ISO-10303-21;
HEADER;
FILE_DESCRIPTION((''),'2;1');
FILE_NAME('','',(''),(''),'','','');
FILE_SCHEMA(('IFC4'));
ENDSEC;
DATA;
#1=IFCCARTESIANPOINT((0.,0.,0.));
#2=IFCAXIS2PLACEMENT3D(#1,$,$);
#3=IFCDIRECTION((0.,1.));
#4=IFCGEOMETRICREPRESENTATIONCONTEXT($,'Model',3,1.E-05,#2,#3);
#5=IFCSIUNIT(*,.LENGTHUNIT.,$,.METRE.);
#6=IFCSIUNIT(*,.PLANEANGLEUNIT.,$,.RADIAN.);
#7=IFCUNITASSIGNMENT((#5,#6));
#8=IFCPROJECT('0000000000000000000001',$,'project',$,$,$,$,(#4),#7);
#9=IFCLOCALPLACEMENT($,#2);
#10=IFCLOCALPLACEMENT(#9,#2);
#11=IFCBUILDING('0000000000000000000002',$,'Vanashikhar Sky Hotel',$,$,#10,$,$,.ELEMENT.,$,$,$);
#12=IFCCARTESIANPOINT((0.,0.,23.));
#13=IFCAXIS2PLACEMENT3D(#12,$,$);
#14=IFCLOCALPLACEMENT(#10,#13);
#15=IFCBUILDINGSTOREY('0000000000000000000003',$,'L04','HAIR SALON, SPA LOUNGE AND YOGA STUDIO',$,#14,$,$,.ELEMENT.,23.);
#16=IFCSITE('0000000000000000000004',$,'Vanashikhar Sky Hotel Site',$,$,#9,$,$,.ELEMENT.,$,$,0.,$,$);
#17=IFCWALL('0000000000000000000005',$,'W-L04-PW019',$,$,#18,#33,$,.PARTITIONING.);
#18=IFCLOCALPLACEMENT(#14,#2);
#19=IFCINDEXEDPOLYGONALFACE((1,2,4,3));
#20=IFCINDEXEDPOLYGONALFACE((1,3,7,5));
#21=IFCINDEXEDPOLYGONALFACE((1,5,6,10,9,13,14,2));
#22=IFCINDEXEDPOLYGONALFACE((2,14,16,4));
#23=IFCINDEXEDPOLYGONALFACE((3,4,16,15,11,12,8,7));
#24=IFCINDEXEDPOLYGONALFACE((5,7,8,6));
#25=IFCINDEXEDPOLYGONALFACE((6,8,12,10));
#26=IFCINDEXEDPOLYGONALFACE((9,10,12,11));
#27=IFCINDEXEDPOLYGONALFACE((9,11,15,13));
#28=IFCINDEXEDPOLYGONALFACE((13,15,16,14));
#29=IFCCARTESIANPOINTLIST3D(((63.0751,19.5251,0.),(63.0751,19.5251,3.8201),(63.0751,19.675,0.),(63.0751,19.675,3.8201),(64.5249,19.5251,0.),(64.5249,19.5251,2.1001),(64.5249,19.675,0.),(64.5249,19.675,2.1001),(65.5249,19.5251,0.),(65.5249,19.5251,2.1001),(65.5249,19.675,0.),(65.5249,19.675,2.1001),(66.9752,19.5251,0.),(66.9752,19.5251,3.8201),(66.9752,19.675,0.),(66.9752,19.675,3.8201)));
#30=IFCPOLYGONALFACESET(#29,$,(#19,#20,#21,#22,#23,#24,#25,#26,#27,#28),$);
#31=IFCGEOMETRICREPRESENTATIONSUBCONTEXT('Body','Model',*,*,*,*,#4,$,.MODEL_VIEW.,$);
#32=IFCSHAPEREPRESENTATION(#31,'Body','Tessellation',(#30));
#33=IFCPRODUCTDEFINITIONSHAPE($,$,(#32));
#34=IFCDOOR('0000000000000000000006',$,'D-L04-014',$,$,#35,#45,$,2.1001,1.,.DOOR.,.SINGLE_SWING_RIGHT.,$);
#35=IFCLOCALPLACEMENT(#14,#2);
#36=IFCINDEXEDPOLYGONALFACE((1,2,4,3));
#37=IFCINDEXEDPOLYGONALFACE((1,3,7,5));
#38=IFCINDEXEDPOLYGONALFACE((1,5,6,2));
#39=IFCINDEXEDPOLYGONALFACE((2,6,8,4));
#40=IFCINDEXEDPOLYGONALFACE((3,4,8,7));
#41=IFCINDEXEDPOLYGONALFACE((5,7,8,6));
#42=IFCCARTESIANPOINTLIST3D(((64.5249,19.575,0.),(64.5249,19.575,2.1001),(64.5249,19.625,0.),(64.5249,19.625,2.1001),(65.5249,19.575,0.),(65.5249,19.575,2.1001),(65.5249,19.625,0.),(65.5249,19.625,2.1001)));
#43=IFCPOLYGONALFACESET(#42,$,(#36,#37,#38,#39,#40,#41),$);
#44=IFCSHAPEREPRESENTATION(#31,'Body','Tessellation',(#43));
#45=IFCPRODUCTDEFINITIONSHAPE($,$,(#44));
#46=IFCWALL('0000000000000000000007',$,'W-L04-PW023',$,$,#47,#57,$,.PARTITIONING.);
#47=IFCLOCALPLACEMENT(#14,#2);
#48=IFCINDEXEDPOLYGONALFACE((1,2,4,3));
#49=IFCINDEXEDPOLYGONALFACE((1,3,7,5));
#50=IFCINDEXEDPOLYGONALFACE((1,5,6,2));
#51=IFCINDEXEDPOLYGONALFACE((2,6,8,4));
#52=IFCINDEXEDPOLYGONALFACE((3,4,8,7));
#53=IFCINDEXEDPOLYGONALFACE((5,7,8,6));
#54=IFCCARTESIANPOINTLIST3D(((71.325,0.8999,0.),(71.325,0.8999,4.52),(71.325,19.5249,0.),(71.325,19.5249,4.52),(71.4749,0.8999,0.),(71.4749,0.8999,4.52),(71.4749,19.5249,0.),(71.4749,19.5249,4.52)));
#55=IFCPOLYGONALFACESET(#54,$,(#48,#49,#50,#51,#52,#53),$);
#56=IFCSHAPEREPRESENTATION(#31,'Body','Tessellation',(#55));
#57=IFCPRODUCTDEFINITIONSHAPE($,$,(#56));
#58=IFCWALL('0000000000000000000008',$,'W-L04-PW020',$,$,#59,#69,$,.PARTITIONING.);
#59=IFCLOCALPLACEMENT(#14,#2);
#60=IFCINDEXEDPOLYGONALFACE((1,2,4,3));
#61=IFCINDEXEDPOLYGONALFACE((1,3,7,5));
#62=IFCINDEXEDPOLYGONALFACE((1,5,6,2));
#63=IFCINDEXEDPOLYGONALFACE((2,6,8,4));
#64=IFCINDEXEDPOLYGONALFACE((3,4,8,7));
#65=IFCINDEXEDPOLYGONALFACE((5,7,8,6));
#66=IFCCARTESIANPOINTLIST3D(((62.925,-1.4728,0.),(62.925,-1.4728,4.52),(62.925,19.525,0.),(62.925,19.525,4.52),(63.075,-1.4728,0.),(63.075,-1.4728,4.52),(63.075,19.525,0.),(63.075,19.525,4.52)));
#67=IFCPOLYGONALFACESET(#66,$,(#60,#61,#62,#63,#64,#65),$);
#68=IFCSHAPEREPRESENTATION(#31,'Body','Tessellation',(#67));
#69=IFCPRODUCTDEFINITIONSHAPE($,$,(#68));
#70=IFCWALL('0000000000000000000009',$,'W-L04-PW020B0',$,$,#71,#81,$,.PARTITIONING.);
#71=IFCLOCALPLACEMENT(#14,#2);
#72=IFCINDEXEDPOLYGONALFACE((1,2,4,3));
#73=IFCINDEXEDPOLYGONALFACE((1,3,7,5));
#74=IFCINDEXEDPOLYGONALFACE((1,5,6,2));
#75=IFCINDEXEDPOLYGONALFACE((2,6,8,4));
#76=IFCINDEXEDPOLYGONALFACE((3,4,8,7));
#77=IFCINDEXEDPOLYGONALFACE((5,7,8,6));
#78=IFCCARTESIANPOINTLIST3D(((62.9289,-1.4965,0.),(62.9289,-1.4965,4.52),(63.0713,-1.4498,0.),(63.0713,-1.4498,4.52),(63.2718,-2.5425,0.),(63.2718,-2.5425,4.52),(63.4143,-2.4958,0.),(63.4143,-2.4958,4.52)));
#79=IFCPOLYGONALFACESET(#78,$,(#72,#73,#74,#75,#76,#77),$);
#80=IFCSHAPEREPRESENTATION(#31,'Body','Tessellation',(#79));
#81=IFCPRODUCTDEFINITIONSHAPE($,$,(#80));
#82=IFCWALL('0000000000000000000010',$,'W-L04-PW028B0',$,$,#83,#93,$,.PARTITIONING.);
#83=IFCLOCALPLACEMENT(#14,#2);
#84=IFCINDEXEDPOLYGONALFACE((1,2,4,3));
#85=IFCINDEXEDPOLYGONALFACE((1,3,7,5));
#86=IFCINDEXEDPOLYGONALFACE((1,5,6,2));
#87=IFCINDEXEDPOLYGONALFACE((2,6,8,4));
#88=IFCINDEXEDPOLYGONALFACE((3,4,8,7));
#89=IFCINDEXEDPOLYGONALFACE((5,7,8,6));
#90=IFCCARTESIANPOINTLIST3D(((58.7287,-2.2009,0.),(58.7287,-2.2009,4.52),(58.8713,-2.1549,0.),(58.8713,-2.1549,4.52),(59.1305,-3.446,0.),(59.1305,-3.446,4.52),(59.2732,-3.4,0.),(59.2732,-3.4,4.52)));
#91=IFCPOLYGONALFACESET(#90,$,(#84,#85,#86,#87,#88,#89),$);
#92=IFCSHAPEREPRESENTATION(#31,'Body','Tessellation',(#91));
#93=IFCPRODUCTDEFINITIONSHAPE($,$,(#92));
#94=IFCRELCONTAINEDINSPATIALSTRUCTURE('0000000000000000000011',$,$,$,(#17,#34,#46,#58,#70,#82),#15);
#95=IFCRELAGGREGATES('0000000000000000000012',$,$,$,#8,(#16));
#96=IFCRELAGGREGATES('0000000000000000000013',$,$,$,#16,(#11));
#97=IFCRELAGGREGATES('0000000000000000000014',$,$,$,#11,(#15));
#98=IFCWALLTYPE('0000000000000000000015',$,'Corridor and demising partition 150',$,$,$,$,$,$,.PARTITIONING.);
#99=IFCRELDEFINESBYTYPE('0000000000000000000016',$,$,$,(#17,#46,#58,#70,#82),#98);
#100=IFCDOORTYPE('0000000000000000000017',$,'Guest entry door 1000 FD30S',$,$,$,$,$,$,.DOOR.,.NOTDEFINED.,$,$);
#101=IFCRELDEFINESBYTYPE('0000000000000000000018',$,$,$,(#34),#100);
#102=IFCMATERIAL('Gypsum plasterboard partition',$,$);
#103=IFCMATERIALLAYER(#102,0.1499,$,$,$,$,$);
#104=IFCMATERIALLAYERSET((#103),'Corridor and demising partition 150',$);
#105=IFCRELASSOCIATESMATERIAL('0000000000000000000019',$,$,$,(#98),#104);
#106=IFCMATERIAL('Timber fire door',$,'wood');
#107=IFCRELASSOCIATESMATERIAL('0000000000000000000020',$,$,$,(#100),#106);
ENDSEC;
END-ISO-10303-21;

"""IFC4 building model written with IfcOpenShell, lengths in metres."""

from ifc_helpers import new_model, si_unit, direction, frame, frame_2d, origin, place, context, subcontext, project, spatial, rectangle, extrude, source, transform, mapped, material, layer, layer_set, type_object, element, fill, save


model = new_model("IFC4")

# Units and contexts
model_context = context("Model", 3, precision=1e-05, world=origin(), true_north=direction((0.0, 1.0)))
body_context = subcontext(model_context, "Body", "Model", "MODEL_VIEW")
ifc_project = project(units=[si_unit("LENGTHUNIT", "METRE"), si_unit("PLANEANGLEUNIT", "RADIAN")], contexts=[model_context])

# Site, building, storey
site_placement = place(None, origin())
site = spatial("IfcSite", under=ifc_project, at=site_placement, Name="Vanashikhar Sky Hotel Site", CompositionType="ELEMENT", RefElevation=0.0)
building_placement = place(site_placement, origin())
building = spatial("IfcBuilding", under=site, at=building_placement, Name="Vanashikhar Sky Hotel", CompositionType="ELEMENT")
storey_placement = place(building_placement, frame((0.0, 0.0, 23.0)))
storey = spatial("IfcBuildingStorey", under=building, at=storey_placement, Name="L04", Description="HAIR SALON, SPA LOUNGE AND YOGA STUDIO", CompositionType="ELEMENT", Elevation=23.0)

# Wall, opening, door
ifc_material_1 = material(Name="Gypsum plasterboard partition")
ifc_layer_1 = layer(ifc_material_1, 0.1499)
ifc_layer_set_1 = layer_set([ifc_layer_1], Name="Corridor and demising partition 150")
wall_type_1 = type_object("IfcWallType", Name="Corridor and demising partition 150", PredefinedType="PARTITIONING", material=ifc_layer_set_1)
shared_shape_1 = source(origin(), body_context, "Body", "SweptSolid", [
    extrude(rectangle(XDim=3.9001, YDim=0.1499, at=frame_2d((1.9502, 0.0))), origin(), (0.0, 0.0, 1.0), 3.8201),
])
shared_shape_2 = source(origin(), body_context, "Body", "SweptSolid", [
    extrude(rectangle(XDim=1.0, YDim=2.1001, at=frame_2d((0.5, 1.05))), frame((0.0, 0.085, 0.0), z_axis=(0.0, -1.0, 0.0), x_axis=(1.0, 0.0, 0.0)), (0.0, 0.0, 1.0), 0.1699),
])
ifc_material_2 = material(Name="Timber fire door", Category="wood")
door_type = type_object("IfcDoorType", Name="Guest entry door 1000 FD30S", OperationType="NOTDEFINED", PredefinedType="DOOR", material=ifc_material_2)
shared_shape_3 = source(origin(), body_context, "Body", "SweptSolid", [
    extrude(rectangle(XDim=1.0, YDim=2.1001, at=frame_2d((0.5, 1.05))), frame((0.0, 0.0249, 0.0), z_axis=(0.0, -1.0, 0.0), x_axis=(1.0, 0.0, 0.0)), (0.0, 0.0, 1.0), 0.05),
])
wall_1_placement = place(storey_placement, frame((63.075, 19.6001, 0.0), z_axis=(0.0, 0.0, 1.0), x_axis=(1.0, 0.0, 0.0)))
wall_1 = element("IfcWall", 1, at=wall_1_placement, inside=storey, type_object=wall_type_1, Name="W-L04-PW019", PredefinedType="PARTITIONING", context=body_context, shape_type="MappedRepresentation", body=[
    mapped(shared_shape_1, transform((0.0, 0.0, 0.0), scale=1.0)),
])
opening_1_placement = place(wall_1_placement, frame((1.45, 0.0, 0.0)))
opening_1 = element("IfcOpeningElement", 2, at=opening_1_placement, cuts=wall_1, PredefinedType="OPENING", context=body_context, shape_type="MappedRepresentation", body=[
    mapped(shared_shape_2, transform((0.0, 0.0, 0.0), scale=1.0)),
])
door_1_placement = place(opening_1_placement, origin())
door_1 = element("IfcDoor", 3, at=door_1_placement, inside=storey, type_object=door_type, Name="D-L04-014", OperationType="SINGLE_SWING_RIGHT", OverallHeight=2.1001, OverallWidth=1.0, PredefinedType="DOOR", context=body_context, shape_type="MappedRepresentation", body=[
    mapped(shared_shape_3, transform((0.0, 0.0, 0.0), scale=1.0)),
])
fill(opening_1, door_1)

# Walls
shared_shape_4 = source(origin(), body_context, "Body", "SweptSolid", [
    extrude(rectangle(XDim=18.625, YDim=0.1499, at=frame_2d((9.3125, 0.0))), origin(), (0.0, 0.0, 1.0), 4.52),
])
wall_2_placement = place(storey_placement, frame((71.3999, 0.8999, 0.0), z_axis=(0.0, 0.0, 1.0), x_axis=(0.0, 1.0, 0.0)))
element("IfcWall", 4, at=wall_2_placement, inside=storey, type_object=wall_type_1, Name="W-L04-PW023", PredefinedType="PARTITIONING", context=body_context, shape_type="MappedRepresentation", body=[
    mapped(shared_shape_4, transform((0.0, 0.0, 0.0), scale=1.0)),
])
shared_shape_5 = source(origin(), body_context, "Body", "SweptSolid", [
    extrude(rectangle(XDim=20.9978, YDim=0.1499, at=frame_2d((10.499, 0.0))), origin(), (0.0, 0.0, 1.0), 4.52),
])
wall_3_placement = place(storey_placement, frame((63.0, -1.4729, 0.0), z_axis=(0.0, 0.0, 1.0), x_axis=(0.0, 1.0, 0.0)))
element("IfcWall", 5, at=wall_3_placement, inside=storey, type_object=wall_type_1, Name="W-L04-PW020", PredefinedType="PARTITIONING", context=body_context, shape_type="MappedRepresentation", body=[
    mapped(shared_shape_5, transform((0.0, 0.0, 0.0), scale=1.0)),
])
shared_shape_6 = source(origin(), body_context, "Body", "SweptSolid", [
    extrude(rectangle(XDim=1.1008, YDim=0.1499, at=frame_2d((0.5503, 0.0))), origin(), (0.0, 0.0, 1.0), 4.52),
])
wall_4_placement = place(storey_placement, frame((63.343, -2.519, 0.0), z_axis=(0.0, 0.0, 1.0), x_axis=(-0.311567, 0.950224, 0.0)))
element("IfcWall", 6, at=wall_4_placement, inside=storey, type_object=wall_type_1, Name="W-L04-PW020B0", PredefinedType="PARTITIONING", context=body_context, shape_type="MappedRepresentation", body=[
    mapped(shared_shape_6, transform((0.0, 0.0, 0.0), scale=1.0)),
])
shared_shape_7 = source(origin(), body_context, "Body", "SweptSolid", [
    extrude(rectangle(XDim=1.3083, YDim=0.1499, at=frame_2d((0.6543, 0.0))), origin(), (0.0, 0.0, 1.0), 4.52),
])
wall_5_placement = place(storey_placement, frame((59.2019, -3.4231, 0.0), z_axis=(0.0, 0.0, 1.0), x_axis=(-0.307145, 0.951663, 0.0)))
element("IfcWall", 7, at=wall_5_placement, inside=storey, type_object=wall_type_1, Name="W-L04-PW028B0", PredefinedType="PARTITIONING", context=body_context, shape_type="MappedRepresentation", body=[
    mapped(shared_shape_7, transform((0.0, 0.0, 0.0), scale=1.0)),
])

save(model, "model.ifc")
